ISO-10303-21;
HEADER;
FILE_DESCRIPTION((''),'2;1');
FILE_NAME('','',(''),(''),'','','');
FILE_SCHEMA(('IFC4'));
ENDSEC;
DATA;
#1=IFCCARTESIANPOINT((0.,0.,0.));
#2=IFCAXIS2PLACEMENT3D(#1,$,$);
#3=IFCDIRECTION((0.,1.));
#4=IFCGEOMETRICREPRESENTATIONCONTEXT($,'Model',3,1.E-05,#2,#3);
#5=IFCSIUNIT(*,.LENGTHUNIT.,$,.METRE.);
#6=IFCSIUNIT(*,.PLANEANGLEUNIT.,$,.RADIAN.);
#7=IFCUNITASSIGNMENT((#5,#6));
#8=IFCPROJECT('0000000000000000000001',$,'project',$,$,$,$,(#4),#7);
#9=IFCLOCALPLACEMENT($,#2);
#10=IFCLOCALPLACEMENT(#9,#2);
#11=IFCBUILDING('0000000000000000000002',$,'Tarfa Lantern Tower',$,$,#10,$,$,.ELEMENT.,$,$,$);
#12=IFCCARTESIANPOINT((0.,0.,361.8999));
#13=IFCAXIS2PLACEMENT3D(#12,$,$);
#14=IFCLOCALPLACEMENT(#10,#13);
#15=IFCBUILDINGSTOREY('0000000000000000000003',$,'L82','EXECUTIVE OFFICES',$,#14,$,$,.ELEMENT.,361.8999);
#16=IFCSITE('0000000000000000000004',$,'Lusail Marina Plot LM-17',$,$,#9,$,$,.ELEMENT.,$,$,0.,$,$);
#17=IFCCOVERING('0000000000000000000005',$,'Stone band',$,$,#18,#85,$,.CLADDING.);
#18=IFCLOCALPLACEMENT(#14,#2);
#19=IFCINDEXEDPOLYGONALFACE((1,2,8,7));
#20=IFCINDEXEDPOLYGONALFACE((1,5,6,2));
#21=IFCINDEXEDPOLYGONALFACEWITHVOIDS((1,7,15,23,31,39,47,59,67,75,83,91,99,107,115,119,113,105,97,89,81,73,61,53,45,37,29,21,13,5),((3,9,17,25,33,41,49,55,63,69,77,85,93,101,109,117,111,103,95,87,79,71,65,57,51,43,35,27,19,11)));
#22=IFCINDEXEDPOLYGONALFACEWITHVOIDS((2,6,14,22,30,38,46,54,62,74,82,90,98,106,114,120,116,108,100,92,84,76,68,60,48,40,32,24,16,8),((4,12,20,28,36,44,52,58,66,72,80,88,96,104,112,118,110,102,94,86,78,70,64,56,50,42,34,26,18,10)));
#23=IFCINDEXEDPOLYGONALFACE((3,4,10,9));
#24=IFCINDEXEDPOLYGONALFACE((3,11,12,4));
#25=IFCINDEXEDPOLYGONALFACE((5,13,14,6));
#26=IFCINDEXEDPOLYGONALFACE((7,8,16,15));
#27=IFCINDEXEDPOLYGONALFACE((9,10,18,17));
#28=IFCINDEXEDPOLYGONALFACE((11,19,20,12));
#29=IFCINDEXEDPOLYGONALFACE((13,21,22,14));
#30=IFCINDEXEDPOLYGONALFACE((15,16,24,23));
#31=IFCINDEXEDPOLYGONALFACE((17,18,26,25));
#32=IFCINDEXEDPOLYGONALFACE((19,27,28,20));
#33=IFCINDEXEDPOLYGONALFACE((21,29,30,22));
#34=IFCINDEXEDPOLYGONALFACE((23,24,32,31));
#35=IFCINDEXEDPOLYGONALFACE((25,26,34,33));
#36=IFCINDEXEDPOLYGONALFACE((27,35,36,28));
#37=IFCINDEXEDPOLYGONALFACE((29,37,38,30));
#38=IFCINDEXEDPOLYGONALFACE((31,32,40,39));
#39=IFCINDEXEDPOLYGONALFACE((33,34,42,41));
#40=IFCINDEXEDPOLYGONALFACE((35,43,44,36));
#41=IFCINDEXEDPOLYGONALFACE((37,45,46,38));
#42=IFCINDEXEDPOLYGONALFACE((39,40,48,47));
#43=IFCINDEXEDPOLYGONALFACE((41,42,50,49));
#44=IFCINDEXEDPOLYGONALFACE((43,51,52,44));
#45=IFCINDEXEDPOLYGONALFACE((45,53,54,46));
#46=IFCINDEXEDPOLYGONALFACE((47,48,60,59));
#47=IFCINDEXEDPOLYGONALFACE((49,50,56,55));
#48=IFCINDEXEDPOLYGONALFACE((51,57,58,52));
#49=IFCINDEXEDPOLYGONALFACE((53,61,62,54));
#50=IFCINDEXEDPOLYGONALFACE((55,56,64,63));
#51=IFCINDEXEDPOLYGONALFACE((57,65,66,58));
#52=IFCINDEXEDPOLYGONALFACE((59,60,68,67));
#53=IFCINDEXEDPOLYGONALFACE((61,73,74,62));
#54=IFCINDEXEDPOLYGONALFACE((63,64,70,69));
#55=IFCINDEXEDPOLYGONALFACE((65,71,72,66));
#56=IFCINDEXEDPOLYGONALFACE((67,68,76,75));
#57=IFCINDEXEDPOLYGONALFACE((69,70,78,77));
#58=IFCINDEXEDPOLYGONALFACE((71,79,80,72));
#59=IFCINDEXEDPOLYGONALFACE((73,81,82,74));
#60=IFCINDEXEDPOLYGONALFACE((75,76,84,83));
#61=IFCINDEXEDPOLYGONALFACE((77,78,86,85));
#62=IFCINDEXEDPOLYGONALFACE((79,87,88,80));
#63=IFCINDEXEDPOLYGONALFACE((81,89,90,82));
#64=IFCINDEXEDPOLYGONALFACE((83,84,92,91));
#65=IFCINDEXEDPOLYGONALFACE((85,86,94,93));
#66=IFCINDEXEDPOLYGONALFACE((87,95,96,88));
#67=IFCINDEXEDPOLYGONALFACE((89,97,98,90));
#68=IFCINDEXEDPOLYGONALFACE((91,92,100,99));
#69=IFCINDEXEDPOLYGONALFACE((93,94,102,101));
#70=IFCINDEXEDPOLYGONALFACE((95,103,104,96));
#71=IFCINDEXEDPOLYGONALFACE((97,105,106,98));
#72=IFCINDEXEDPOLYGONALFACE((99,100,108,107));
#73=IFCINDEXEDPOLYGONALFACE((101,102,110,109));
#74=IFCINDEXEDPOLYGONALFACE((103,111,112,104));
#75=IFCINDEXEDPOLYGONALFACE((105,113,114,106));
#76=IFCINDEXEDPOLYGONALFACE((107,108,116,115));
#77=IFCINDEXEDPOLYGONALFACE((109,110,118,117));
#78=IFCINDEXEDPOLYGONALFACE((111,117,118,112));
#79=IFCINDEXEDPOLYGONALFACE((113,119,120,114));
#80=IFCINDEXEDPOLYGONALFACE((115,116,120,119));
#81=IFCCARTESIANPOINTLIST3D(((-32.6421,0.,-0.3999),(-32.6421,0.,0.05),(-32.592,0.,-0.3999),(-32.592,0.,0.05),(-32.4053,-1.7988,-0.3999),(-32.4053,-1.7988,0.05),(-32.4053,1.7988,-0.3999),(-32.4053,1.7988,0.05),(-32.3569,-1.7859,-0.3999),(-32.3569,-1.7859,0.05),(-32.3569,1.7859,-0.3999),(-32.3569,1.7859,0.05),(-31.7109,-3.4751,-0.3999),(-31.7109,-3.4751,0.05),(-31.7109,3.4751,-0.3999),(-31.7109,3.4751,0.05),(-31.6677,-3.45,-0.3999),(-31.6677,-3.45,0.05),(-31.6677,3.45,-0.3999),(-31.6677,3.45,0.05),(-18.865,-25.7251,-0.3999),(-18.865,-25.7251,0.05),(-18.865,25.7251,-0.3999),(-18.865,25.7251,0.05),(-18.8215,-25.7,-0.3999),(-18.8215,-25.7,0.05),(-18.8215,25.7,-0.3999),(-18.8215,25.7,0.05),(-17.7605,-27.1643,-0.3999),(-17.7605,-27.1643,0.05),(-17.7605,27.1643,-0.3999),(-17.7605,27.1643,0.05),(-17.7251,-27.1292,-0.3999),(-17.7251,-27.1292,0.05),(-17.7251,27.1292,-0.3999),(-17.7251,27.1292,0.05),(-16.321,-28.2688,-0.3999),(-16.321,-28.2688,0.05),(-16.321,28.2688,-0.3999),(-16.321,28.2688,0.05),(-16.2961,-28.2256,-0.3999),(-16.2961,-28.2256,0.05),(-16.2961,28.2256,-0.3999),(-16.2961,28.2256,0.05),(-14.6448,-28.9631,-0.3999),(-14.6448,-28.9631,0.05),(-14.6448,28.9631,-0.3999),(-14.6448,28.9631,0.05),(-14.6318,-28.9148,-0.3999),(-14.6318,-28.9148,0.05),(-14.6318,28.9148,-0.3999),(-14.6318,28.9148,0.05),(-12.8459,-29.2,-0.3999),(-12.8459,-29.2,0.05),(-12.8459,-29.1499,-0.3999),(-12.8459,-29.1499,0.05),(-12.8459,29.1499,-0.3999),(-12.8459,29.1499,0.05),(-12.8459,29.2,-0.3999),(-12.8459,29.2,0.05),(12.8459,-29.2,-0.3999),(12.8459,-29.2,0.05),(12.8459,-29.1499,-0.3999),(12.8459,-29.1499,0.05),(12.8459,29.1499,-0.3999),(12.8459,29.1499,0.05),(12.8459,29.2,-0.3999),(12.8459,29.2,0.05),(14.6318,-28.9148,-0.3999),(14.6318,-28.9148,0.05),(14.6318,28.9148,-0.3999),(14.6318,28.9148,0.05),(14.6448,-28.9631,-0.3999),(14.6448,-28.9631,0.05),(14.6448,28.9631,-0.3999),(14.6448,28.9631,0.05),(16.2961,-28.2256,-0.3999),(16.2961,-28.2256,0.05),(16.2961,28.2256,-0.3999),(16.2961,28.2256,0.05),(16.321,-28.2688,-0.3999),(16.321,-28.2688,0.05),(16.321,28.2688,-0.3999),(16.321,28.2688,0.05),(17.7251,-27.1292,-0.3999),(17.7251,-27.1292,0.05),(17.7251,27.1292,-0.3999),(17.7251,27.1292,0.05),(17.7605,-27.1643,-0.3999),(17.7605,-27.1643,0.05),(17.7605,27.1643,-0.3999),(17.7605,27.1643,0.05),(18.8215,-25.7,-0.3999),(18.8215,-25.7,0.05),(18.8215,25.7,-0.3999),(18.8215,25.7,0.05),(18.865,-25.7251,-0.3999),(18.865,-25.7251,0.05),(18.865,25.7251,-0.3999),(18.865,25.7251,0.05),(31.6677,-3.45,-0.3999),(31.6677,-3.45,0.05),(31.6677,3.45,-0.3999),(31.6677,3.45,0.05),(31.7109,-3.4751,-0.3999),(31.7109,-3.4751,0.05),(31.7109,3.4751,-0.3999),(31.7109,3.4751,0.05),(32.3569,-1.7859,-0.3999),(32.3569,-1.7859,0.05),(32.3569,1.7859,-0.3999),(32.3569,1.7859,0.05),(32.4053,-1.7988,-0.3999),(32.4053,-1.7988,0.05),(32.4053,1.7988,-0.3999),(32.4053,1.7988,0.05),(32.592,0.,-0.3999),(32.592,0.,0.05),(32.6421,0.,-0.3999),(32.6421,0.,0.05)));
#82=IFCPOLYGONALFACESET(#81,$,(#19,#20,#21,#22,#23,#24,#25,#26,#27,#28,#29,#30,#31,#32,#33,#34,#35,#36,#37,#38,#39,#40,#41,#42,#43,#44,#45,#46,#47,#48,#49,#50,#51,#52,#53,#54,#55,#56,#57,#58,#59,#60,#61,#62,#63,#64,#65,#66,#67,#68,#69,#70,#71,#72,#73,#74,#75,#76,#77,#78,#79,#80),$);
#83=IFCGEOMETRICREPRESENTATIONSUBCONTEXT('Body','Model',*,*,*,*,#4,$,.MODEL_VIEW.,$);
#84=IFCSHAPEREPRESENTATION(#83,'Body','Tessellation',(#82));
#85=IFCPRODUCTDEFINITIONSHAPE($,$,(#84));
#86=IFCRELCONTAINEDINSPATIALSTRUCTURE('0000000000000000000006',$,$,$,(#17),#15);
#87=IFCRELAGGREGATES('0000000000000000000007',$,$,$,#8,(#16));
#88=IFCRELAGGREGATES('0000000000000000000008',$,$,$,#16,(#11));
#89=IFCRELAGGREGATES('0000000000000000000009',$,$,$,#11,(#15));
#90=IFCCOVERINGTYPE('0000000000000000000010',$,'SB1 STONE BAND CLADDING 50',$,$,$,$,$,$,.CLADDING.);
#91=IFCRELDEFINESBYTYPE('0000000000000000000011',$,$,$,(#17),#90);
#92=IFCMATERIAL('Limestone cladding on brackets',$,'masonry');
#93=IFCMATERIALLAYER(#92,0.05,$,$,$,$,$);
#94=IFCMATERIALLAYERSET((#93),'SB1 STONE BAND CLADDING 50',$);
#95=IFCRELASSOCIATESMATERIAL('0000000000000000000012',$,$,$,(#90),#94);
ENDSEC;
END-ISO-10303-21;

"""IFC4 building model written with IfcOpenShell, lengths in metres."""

from ifc_helpers import new_model, si_unit, direction, frame, origin, place, context, subcontext, project, spatial, polyline, outline, extrude, material, layer, layer_set, type_object, element, save


model = new_model("IFC4")

# Units and contexts
model_context = context("Model", 3, precision=1e-05, world=origin(), true_north=direction((0.0, 1.0)))
body_context = subcontext(model_context, "Body", "Model", "MODEL_VIEW")
ifc_project = project(units=[si_unit("LENGTHUNIT", "METRE"), si_unit("PLANEANGLEUNIT", "RADIAN")], contexts=[model_context])

# Site, building, storey
site_placement = place(None, origin())
site = spatial("IfcSite", under=ifc_project, at=site_placement, Name="Lusail Marina Plot LM-17", CompositionType="ELEMENT", RefElevation=0.0)
building_placement = place(site_placement, origin())
building = spatial("IfcBuilding", under=site, at=building_placement, Name="Tarfa Lantern Tower", CompositionType="ELEMENT")
storey_placement = place(building_placement, frame((0.0, 0.0, 361.8999)))
storey = spatial("IfcBuildingStorey", under=building, at=storey_placement, Name="L82", Description="EXECUTIVE OFFICES", CompositionType="ELEMENT", Elevation=361.8999)

# Covering
ifc_material_1 = material(Name="Limestone cladding on brackets", Category="masonry")
ifc_layer_1 = layer(ifc_material_1, 0.05)
ifc_layer_set_1 = layer_set([ifc_layer_1], Name="SB1 STONE BAND CLADDING 50")
covering_type_1 = type_object("IfcCoveringType", Name="SB1 STONE BAND CLADDING 50", PredefinedType="CLADDING", material=ifc_layer_set_1)
covering_1_placement = place(storey_placement, frame((0.0, 0.0, -0.3999)))
element("IfcCovering", 1, at=covering_1_placement, inside=storey, type_object=covering_type_1, Name="Stone band", PredefinedType="CLADDING", context=body_context, shape_type="SweptSolid", body=[
    extrude(outline(polyline([(31.7109, 3.4751), (18.865, 25.7251), (17.7605, 27.1643), (16.321, 28.2688), (14.6448, 28.9631), (12.8459, 29.2), (-12.8459, 29.2), (-14.6448, 28.9631), (-16.321, 28.2688), (-17.7605, 27.1643), (-18.865, 25.7251), (-31.7109, 3.4751), (-32.4053, 1.7988), (-32.6421, 0.0), (-32.4053, -1.7988), (-31.7109, -3.4751), (-18.865, -25.7251), (-17.7605, -27.1643), (-16.321, -28.2688), (-14.6448, -28.9631), (-12.8459, -29.2), (12.8459, -29.2), (14.6448, -28.9631), (16.321, -28.2688), (17.7605, -27.1643), (18.865, -25.7251), (31.7109, -3.4751), (32.4053, -1.7988), (32.6421, 0.0), (32.4053, 1.7988), (31.7109, 3.4751)]), holes=[polyline([(31.6677, 3.45), (18.8215, 25.7), (17.7251, 27.1292), (16.2961, 28.2256), (14.6318, 28.9148), (12.8459, 29.1499), (-12.8459, 29.1499), (-14.6318, 28.9148), (-16.2961, 28.2256), (-17.7251, 27.1292), (-18.8215, 25.7), (-31.6677, 3.45), (-32.3569, 1.7859), (-32.592, 0.0), (-32.3569, -1.7859), (-31.6677, -3.45), (-18.8215, -25.7), (-17.7251, -27.1292), (-16.2961, -28.2256), (-14.6318, -28.9148), (-12.8459, -29.1499), (12.8459, -29.1499), (14.6318, -28.9148), (16.2961, -28.2256), (17.7251, -27.1292), (18.8215, -25.7), (31.6677, -3.45), (32.3569, -1.7859), (32.592, 0.0), (32.3569, 1.7859), (31.6677, 3.45)])]), origin(), (0.0, 0.0, 1.0), 0.45),
])

save(model, "model.ifc")
